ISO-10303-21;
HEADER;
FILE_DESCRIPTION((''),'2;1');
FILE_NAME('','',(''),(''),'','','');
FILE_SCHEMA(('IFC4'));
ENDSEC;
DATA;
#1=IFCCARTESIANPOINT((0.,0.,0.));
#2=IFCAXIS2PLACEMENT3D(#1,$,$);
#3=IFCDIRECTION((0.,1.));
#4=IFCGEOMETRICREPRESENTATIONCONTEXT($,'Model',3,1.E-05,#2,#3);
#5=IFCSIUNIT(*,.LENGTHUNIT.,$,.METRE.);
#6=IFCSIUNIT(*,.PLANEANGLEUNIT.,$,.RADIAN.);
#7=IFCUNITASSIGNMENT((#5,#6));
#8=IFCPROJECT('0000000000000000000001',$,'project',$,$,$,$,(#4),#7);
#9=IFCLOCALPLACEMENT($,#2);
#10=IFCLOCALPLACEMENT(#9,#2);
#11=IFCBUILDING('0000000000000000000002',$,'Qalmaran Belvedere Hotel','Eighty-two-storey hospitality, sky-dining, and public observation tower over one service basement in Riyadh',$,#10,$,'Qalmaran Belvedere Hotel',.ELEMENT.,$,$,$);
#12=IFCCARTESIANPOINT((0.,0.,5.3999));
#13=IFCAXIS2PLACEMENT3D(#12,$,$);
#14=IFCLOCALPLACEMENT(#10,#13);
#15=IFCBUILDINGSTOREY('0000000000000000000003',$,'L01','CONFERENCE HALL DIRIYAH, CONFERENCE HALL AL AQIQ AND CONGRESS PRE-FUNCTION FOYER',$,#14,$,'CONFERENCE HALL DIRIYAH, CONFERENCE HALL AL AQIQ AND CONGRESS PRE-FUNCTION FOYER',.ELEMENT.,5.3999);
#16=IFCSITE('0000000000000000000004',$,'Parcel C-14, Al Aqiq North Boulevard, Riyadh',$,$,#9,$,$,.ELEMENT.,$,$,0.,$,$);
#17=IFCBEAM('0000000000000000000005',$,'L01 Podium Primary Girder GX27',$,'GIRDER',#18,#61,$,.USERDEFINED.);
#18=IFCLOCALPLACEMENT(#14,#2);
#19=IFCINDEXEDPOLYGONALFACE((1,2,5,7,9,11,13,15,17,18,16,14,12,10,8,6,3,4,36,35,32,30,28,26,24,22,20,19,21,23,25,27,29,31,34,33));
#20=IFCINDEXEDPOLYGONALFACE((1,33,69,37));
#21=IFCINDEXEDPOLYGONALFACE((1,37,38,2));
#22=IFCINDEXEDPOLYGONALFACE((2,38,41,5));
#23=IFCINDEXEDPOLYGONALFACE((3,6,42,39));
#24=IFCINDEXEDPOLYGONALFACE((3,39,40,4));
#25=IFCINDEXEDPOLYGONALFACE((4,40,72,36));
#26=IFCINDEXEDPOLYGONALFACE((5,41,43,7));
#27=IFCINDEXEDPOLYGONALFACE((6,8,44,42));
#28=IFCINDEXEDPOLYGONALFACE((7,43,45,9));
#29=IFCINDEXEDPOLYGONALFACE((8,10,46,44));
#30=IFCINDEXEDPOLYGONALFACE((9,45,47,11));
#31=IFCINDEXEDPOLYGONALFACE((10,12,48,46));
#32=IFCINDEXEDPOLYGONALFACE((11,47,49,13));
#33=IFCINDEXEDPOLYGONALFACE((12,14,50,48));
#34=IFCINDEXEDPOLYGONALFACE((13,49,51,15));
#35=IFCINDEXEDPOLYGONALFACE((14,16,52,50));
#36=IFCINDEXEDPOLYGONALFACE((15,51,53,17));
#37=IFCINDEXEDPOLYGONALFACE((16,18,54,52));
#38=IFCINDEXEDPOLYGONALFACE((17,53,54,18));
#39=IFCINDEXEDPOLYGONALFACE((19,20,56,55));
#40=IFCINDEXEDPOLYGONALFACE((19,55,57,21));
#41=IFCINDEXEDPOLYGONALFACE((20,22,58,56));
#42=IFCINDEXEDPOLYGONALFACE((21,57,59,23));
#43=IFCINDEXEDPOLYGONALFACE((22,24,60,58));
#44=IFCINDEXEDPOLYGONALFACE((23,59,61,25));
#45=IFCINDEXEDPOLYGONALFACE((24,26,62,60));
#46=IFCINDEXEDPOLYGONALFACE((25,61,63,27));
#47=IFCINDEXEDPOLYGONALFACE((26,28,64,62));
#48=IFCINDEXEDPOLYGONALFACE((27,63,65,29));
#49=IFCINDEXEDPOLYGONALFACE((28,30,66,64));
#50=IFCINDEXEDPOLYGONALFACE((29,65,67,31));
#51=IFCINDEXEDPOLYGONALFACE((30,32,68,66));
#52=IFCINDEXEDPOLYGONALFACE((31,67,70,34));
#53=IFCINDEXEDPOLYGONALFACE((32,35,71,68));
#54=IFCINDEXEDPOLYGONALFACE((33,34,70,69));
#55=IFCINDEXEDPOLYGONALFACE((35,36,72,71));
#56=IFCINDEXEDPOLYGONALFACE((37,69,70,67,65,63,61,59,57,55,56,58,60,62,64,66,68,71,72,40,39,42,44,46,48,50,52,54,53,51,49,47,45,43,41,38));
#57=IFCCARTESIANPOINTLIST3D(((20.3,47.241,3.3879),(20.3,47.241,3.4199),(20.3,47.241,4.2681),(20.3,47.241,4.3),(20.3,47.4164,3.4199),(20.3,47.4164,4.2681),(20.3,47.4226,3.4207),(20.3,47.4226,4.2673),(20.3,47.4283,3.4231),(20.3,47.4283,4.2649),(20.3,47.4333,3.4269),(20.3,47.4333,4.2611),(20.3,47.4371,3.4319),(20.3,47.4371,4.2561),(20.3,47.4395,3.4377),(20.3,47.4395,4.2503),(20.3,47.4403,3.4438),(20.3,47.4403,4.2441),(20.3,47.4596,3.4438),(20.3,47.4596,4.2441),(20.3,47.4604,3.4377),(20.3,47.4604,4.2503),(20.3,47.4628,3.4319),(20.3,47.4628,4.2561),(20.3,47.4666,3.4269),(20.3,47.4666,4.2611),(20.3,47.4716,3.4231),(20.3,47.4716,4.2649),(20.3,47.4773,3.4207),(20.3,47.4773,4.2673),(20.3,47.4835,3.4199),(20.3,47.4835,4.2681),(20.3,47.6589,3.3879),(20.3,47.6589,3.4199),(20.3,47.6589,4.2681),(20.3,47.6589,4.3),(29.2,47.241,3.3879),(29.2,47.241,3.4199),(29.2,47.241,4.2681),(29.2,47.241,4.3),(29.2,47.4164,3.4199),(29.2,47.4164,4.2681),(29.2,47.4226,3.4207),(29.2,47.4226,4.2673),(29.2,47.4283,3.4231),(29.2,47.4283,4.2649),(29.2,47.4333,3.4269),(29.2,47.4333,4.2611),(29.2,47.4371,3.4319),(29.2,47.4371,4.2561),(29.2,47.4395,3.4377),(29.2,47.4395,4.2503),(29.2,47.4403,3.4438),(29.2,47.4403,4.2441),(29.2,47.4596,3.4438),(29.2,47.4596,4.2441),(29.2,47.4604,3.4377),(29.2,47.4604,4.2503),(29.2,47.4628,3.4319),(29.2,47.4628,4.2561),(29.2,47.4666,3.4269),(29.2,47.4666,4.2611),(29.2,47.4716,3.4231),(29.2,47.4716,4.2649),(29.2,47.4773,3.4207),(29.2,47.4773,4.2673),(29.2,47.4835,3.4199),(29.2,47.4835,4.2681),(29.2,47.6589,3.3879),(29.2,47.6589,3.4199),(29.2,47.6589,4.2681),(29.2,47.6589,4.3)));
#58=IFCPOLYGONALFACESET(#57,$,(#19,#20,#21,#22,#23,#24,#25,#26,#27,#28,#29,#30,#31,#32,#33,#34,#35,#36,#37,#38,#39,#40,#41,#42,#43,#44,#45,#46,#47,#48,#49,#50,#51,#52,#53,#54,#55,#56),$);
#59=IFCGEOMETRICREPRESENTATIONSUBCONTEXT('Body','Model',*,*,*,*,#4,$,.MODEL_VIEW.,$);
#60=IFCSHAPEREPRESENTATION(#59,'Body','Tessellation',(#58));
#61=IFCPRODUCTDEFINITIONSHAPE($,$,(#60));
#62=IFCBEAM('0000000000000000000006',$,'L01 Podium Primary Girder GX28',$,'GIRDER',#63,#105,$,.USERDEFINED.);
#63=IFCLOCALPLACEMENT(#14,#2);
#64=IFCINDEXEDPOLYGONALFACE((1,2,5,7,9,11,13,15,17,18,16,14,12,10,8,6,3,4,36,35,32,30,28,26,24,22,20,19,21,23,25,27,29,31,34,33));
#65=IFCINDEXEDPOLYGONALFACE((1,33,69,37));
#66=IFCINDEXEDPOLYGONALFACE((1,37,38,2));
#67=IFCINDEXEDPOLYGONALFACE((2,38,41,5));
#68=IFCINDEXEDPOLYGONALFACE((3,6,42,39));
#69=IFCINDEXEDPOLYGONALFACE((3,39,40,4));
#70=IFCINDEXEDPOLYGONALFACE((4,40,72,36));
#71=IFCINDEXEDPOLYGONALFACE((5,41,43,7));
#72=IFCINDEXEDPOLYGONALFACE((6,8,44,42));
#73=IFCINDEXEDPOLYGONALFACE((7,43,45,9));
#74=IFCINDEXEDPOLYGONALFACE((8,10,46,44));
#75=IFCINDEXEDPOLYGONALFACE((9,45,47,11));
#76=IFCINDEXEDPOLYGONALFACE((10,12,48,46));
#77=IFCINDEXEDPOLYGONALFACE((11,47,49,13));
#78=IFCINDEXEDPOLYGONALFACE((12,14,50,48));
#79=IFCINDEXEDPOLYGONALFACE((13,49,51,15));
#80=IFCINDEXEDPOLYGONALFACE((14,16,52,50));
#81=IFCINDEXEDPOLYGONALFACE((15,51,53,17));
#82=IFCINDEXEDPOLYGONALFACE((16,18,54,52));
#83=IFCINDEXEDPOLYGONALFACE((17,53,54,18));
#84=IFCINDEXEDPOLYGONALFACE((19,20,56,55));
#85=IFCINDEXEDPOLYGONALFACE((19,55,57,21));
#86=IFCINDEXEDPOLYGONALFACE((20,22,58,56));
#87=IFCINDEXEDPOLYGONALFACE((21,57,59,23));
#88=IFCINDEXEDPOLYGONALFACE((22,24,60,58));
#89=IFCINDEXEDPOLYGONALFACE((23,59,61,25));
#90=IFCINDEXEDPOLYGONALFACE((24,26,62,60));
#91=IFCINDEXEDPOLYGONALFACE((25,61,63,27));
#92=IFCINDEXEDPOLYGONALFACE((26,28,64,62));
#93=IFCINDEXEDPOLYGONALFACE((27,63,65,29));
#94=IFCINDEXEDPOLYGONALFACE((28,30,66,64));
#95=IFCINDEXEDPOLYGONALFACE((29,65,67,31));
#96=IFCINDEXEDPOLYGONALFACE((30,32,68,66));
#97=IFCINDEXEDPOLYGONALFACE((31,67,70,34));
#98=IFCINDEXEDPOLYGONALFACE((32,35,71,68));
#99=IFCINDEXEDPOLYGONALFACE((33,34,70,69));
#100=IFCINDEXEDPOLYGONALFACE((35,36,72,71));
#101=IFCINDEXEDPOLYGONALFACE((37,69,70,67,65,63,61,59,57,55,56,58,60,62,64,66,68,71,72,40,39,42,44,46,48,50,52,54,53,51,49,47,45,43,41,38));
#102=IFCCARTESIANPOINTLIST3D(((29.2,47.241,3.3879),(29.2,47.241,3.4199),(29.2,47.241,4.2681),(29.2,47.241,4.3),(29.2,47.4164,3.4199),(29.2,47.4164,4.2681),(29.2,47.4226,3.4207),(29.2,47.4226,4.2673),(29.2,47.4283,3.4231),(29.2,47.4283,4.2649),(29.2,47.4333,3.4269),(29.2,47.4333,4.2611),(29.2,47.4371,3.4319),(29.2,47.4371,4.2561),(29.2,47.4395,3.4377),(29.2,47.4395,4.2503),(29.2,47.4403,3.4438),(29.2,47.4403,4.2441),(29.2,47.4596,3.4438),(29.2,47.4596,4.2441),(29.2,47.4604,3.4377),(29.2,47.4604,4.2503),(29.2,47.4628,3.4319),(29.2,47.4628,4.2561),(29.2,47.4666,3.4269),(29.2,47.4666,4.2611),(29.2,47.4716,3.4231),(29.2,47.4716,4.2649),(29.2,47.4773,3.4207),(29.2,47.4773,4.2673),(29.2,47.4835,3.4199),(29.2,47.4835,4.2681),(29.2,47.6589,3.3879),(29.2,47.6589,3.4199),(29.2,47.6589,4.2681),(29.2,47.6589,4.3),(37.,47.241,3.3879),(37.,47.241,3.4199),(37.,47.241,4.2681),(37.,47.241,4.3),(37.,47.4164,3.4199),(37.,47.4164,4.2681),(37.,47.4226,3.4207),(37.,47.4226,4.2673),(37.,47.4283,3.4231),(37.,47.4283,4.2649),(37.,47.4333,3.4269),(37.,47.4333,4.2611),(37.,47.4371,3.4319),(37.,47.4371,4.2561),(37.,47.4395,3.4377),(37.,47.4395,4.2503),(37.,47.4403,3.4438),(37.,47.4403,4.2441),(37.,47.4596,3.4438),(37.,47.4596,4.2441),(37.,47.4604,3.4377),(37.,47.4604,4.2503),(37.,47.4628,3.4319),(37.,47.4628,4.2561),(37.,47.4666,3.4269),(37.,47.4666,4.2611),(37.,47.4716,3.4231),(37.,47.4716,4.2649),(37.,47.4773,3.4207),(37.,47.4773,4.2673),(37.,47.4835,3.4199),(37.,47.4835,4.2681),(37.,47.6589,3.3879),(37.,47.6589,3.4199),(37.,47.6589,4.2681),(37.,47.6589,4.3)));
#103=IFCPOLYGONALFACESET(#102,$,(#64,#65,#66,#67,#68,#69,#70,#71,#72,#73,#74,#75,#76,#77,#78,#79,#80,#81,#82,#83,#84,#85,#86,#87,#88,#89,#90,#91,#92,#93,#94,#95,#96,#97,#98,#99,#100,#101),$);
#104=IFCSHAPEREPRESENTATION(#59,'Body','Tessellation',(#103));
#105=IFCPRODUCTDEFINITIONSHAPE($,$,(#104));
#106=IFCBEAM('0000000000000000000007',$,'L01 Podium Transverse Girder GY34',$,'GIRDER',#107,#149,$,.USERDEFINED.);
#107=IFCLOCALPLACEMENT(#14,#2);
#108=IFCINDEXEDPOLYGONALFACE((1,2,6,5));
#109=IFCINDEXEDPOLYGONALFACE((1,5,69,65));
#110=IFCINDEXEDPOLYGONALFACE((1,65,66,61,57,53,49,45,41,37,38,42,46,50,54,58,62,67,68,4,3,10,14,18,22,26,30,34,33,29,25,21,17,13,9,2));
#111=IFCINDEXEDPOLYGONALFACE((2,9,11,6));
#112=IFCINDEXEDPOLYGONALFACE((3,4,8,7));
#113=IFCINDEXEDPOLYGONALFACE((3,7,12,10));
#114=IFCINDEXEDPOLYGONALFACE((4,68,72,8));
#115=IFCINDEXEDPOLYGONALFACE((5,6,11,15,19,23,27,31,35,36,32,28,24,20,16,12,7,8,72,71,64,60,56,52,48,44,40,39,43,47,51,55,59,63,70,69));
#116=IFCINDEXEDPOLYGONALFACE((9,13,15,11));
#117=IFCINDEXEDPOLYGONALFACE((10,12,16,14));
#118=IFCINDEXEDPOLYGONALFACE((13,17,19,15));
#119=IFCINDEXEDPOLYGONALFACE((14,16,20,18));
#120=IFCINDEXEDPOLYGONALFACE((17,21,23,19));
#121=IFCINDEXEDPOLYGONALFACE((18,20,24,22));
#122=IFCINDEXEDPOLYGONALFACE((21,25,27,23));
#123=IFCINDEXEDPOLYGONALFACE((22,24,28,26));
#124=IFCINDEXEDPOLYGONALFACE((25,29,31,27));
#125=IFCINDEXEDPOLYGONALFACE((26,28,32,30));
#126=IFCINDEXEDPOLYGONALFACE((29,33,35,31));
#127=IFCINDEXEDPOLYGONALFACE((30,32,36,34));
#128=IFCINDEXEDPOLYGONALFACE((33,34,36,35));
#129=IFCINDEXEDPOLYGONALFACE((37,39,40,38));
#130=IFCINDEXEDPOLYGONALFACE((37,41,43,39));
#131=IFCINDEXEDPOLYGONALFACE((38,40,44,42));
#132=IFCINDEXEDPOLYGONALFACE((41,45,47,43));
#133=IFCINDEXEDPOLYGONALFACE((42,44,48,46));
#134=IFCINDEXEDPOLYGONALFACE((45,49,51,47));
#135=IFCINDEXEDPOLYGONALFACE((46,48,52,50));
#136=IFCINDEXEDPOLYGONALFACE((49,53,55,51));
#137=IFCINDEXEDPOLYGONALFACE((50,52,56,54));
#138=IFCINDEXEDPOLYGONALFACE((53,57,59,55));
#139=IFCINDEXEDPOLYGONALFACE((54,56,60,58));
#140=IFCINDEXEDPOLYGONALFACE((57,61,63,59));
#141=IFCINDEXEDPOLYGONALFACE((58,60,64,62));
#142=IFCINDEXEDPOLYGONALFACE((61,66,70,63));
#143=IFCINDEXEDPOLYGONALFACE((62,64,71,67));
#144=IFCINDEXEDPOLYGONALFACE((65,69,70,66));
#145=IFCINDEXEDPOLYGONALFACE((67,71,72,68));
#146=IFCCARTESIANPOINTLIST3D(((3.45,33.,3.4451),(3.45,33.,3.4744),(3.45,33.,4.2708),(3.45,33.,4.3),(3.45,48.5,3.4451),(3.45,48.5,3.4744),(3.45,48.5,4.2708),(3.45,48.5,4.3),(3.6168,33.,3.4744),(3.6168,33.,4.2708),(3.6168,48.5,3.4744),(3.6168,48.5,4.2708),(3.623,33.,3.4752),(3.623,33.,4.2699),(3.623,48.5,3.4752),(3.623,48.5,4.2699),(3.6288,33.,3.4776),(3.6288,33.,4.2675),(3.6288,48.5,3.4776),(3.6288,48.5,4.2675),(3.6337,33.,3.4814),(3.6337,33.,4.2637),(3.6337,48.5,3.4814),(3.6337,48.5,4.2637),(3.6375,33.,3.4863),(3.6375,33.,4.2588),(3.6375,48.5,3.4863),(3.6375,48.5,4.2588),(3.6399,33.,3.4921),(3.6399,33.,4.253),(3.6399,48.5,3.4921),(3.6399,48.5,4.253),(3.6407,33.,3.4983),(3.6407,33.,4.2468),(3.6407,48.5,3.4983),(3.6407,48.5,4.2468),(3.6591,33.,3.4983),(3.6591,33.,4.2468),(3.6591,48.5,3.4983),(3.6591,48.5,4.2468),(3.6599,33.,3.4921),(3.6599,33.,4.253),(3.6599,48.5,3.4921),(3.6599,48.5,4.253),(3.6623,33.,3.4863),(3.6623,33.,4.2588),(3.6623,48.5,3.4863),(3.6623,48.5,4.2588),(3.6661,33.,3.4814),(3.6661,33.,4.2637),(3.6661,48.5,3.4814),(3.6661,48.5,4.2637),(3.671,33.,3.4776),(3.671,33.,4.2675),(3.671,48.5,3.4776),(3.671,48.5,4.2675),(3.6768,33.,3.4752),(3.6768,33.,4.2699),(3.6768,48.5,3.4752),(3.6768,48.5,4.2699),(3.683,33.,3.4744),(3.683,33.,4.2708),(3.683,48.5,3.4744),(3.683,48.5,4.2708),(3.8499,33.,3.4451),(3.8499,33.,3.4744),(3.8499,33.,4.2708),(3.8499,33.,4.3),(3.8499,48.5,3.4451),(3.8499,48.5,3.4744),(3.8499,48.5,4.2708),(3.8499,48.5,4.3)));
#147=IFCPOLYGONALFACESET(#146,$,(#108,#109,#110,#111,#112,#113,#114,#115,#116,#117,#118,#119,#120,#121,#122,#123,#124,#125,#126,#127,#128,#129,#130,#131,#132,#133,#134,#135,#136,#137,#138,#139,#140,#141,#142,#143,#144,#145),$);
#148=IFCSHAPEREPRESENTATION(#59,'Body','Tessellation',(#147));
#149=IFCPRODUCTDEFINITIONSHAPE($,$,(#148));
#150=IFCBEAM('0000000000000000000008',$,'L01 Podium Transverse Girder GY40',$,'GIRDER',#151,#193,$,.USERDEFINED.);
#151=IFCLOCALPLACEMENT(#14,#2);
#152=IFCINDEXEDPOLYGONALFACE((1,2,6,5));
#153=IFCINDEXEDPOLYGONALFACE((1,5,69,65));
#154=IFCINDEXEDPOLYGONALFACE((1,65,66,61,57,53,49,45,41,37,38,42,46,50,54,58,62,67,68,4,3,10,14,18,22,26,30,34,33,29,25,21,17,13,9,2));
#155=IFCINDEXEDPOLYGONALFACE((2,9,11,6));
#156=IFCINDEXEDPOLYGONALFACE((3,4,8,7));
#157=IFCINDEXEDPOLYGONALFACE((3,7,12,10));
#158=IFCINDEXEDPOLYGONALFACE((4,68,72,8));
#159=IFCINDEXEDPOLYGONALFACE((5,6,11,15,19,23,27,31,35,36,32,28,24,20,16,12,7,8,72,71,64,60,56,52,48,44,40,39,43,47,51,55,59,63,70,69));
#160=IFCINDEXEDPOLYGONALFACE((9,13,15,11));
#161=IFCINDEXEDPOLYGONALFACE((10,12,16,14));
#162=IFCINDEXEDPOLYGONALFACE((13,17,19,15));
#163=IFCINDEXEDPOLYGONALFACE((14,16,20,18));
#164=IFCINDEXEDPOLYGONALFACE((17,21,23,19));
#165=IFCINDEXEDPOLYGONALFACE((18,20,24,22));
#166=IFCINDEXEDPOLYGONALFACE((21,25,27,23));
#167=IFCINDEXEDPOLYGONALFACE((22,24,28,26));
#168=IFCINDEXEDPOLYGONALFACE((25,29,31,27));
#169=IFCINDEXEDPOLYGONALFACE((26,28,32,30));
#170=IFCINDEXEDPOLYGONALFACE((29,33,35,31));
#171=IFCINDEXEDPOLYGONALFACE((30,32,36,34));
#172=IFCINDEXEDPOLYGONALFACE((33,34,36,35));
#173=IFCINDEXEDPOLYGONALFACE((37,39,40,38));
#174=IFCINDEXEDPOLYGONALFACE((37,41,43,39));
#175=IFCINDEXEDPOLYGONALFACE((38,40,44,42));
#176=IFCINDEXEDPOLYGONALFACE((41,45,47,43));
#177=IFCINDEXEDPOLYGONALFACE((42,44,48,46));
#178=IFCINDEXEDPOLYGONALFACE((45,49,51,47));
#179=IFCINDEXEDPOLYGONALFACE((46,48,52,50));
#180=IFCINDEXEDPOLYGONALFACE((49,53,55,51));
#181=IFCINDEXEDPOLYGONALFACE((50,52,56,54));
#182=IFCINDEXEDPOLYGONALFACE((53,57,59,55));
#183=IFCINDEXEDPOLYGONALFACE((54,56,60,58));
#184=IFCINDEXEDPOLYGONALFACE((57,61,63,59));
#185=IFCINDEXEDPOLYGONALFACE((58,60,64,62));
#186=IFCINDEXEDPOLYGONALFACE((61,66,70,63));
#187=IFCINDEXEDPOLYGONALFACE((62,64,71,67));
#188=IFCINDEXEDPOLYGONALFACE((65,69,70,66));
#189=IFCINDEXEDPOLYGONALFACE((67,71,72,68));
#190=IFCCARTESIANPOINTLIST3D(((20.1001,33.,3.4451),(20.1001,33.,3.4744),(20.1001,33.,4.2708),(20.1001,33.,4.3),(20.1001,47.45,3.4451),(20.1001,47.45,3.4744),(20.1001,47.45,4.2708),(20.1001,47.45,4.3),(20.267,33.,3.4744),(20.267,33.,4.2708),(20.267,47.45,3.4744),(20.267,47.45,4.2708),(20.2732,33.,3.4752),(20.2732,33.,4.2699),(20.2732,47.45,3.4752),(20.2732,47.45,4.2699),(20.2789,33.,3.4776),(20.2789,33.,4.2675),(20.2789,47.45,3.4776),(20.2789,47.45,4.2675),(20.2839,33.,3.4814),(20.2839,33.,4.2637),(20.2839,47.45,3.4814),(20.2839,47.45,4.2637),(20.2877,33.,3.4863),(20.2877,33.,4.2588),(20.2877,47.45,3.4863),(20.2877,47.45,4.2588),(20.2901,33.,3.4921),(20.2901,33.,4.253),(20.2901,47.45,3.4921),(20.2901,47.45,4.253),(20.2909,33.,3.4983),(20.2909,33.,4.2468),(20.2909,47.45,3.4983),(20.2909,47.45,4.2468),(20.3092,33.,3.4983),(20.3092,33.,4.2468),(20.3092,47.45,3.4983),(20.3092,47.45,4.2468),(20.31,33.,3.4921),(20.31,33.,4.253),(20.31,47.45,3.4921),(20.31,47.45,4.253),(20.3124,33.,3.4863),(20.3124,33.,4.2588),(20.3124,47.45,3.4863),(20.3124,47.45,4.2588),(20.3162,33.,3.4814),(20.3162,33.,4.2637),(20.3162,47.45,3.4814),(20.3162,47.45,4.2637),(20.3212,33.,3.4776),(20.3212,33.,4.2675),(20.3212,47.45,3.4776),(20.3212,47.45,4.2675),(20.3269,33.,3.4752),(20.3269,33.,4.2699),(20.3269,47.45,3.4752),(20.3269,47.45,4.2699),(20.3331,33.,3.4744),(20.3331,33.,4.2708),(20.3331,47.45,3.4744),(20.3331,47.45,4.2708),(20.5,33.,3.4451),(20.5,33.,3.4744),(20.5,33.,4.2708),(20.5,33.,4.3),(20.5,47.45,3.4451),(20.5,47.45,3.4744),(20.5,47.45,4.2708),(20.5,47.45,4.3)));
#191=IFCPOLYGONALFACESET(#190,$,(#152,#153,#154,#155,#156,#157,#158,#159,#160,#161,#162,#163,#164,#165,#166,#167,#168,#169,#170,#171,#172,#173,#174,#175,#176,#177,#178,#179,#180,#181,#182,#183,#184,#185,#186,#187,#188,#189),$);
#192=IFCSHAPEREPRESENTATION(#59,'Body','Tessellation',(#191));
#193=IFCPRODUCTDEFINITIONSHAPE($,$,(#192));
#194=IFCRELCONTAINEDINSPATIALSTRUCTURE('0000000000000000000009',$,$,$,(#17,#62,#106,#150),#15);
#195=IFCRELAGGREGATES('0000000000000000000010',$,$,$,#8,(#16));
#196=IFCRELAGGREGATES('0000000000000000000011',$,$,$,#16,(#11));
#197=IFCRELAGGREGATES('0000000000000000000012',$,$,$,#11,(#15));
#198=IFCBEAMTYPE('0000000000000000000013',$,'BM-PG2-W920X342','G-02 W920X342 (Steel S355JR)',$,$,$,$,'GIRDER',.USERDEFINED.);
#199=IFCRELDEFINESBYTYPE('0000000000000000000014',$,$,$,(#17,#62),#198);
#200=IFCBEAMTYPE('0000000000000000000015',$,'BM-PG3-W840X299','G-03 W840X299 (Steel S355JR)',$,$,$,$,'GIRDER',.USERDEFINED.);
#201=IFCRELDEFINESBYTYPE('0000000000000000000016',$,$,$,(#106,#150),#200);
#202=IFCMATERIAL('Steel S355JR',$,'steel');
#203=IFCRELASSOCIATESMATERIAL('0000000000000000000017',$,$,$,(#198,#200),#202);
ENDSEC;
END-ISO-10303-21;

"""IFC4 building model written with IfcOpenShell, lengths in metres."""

from ifc_helpers import new_model, si_unit, direction, frame, origin, origin_2d, place, context, subcontext, project, spatial, i_section, extrude, material, material_profile, profile_set, type_object, element, save


model = new_model("IFC4")

# Units and contexts
model_context = context("Model", 3, precision=1e-05, world=origin(), true_north=direction((0.0, 1.0)))
body_context = subcontext(model_context, "Body", "Model", "MODEL_VIEW")
ifc_project = project(units=[si_unit("LENGTHUNIT", "METRE"), si_unit("PLANEANGLEUNIT", "RADIAN")], contexts=[model_context])

# Site, building, storey
site_placement = place(None, origin())
site = spatial("IfcSite", under=ifc_project, at=site_placement, Name="Parcel C-14, Al Aqiq North Boulevard, Riyadh", CompositionType="ELEMENT", RefElevation=0.0)
building_placement = place(site_placement, origin())
building = spatial("IfcBuilding", under=site, at=building_placement, Name="Qalmaran Belvedere Hotel", Description="Eighty-two-storey hospitality, sky-dining, and public observation tower over one service basement in Riyadh", LongName="Qalmaran Belvedere Hotel", CompositionType="ELEMENT")
storey_placement = place(building_placement, frame((0.0, 0.0, 5.3999)))
storey = spatial("IfcBuildingStorey", under=building, at=storey_placement, Name="L01", Description="CONFERENCE HALL DIRIYAH, CONFERENCE HALL AL AQIQ AND CONGRESS PRE-FUNCTION FOYER", LongName="CONFERENCE HALL DIRIYAH, CONFERENCE HALL AL AQIQ AND CONGRESS PRE-FUNCTION FOYER", CompositionType="ELEMENT", Elevation=5.3999)

# Beams
ifc_material_1 = material(Name="Steel S355JR", Category="steel")
ifc_material_profile_1 = material_profile(ifc_material_1, i_section(OverallWidth=0.418, OverallDepth=0.9121, WebThickness=0.0193, FlangeThickness=0.032, FilletRadius=0.0239, at=origin_2d()), Name="W920X342")
ifc_profile_set_1 = profile_set([ifc_material_profile_1], Name="Steel S355JR")
beam_type_1 = type_object("IfcBeamType", Name="BM-PG2-W920X342", Description="G-02 W920X342 (Steel S355JR)", ElementType="GIRDER", PredefinedType="USERDEFINED", material=ifc_profile_set_1)
beam_1_placement = place(storey_placement, frame((20.3, 47.45, 3.844), z_axis=(1.0, 0.0, 0.0), x_axis=(0.0, 1.0, 0.0)))
element("IfcBeam", 1, at=beam_1_placement, inside=storey, type_object=beam_type_1, Name="L01 Podium Primary Girder GX27", ObjectType="GIRDER", PredefinedType="USERDEFINED", context=body_context, shape_type="SweptSolid", body=[
    extrude(i_section(OverallWidth=0.418, OverallDepth=0.9121, WebThickness=0.0193, FlangeThickness=0.032, FilletRadius=0.0239, at=origin_2d()), origin(), (0.0, 0.0, 1.0), 8.8999),
])
beam_2_placement = place(storey_placement, frame((29.2, 47.45, 3.844), z_axis=(1.0, 0.0, 0.0), x_axis=(0.0, 1.0, 0.0)))
element("IfcBeam", 2, at=beam_2_placement, inside=storey, type_object=beam_type_1, Name="L01 Podium Primary Girder GX28", ObjectType="GIRDER", PredefinedType="USERDEFINED", context=body_context, shape_type="SweptSolid", body=[
    extrude(i_section(OverallWidth=0.418, OverallDepth=0.9121, WebThickness=0.0193, FlangeThickness=0.032, FilletRadius=0.0239, at=origin_2d()), origin(), (0.0, 0.0, 1.0), 7.8),
])
ifc_material_profile_2 = material_profile(ifc_material_1, i_section(OverallWidth=0.3999, OverallDepth=0.855, WebThickness=0.0183, FlangeThickness=0.0293, FilletRadius=0.0239, at=origin_2d()), Name="W840X299")
ifc_profile_set_2 = profile_set([ifc_material_profile_2], Name="Steel S355JR")
beam_type_2 = type_object("IfcBeamType", Name="BM-PG3-W840X299", Description="G-03 W840X299 (Steel S355JR)", ElementType="GIRDER", PredefinedType="USERDEFINED", material=ifc_profile_set_2)
beam_3_placement = place(storey_placement, frame((3.6499, 33.0, 3.8726), z_axis=(0.0, 1.0, 0.0), x_axis=(-1.0, 0.0, 0.0)))
element("IfcBeam", 3, at=beam_3_placement, inside=storey, type_object=beam_type_2, Name="L01 Podium Transverse Girder GY34", ObjectType="GIRDER", PredefinedType="USERDEFINED", context=body_context, shape_type="SweptSolid", body=[
    extrude(i_section(OverallWidth=0.3999, OverallDepth=0.855, WebThickness=0.0183, FlangeThickness=0.0293, FilletRadius=0.0239, at=origin_2d()), origin(), (0.0, 0.0, 1.0), 15.5),
])
for number, where, z_axis, x_axis, name in (
    (4, (20.3, 33.0, 3.8726), (0.0, 1.0, 0.0), (-1.0, 0.0, 0.0), "L01 Podium Transverse Girder GY40"),
):
    element("IfcBeam", number, at=place(storey_placement, frame(where, z_axis=z_axis, x_axis=x_axis)), inside=storey, type_object=beam_type_2, Name=name, ObjectType="GIRDER", PredefinedType="USERDEFINED", context=body_context, shape_type="SweptSolid", body=[
        extrude(i_section(OverallWidth=0.3999, OverallDepth=0.855, WebThickness=0.0183, FlangeThickness=0.0293, FilletRadius=0.0239, at=origin_2d()), origin(), (0.0, 0.0, 1.0), 14.45),
    ])

save(model, "model.ifc")
